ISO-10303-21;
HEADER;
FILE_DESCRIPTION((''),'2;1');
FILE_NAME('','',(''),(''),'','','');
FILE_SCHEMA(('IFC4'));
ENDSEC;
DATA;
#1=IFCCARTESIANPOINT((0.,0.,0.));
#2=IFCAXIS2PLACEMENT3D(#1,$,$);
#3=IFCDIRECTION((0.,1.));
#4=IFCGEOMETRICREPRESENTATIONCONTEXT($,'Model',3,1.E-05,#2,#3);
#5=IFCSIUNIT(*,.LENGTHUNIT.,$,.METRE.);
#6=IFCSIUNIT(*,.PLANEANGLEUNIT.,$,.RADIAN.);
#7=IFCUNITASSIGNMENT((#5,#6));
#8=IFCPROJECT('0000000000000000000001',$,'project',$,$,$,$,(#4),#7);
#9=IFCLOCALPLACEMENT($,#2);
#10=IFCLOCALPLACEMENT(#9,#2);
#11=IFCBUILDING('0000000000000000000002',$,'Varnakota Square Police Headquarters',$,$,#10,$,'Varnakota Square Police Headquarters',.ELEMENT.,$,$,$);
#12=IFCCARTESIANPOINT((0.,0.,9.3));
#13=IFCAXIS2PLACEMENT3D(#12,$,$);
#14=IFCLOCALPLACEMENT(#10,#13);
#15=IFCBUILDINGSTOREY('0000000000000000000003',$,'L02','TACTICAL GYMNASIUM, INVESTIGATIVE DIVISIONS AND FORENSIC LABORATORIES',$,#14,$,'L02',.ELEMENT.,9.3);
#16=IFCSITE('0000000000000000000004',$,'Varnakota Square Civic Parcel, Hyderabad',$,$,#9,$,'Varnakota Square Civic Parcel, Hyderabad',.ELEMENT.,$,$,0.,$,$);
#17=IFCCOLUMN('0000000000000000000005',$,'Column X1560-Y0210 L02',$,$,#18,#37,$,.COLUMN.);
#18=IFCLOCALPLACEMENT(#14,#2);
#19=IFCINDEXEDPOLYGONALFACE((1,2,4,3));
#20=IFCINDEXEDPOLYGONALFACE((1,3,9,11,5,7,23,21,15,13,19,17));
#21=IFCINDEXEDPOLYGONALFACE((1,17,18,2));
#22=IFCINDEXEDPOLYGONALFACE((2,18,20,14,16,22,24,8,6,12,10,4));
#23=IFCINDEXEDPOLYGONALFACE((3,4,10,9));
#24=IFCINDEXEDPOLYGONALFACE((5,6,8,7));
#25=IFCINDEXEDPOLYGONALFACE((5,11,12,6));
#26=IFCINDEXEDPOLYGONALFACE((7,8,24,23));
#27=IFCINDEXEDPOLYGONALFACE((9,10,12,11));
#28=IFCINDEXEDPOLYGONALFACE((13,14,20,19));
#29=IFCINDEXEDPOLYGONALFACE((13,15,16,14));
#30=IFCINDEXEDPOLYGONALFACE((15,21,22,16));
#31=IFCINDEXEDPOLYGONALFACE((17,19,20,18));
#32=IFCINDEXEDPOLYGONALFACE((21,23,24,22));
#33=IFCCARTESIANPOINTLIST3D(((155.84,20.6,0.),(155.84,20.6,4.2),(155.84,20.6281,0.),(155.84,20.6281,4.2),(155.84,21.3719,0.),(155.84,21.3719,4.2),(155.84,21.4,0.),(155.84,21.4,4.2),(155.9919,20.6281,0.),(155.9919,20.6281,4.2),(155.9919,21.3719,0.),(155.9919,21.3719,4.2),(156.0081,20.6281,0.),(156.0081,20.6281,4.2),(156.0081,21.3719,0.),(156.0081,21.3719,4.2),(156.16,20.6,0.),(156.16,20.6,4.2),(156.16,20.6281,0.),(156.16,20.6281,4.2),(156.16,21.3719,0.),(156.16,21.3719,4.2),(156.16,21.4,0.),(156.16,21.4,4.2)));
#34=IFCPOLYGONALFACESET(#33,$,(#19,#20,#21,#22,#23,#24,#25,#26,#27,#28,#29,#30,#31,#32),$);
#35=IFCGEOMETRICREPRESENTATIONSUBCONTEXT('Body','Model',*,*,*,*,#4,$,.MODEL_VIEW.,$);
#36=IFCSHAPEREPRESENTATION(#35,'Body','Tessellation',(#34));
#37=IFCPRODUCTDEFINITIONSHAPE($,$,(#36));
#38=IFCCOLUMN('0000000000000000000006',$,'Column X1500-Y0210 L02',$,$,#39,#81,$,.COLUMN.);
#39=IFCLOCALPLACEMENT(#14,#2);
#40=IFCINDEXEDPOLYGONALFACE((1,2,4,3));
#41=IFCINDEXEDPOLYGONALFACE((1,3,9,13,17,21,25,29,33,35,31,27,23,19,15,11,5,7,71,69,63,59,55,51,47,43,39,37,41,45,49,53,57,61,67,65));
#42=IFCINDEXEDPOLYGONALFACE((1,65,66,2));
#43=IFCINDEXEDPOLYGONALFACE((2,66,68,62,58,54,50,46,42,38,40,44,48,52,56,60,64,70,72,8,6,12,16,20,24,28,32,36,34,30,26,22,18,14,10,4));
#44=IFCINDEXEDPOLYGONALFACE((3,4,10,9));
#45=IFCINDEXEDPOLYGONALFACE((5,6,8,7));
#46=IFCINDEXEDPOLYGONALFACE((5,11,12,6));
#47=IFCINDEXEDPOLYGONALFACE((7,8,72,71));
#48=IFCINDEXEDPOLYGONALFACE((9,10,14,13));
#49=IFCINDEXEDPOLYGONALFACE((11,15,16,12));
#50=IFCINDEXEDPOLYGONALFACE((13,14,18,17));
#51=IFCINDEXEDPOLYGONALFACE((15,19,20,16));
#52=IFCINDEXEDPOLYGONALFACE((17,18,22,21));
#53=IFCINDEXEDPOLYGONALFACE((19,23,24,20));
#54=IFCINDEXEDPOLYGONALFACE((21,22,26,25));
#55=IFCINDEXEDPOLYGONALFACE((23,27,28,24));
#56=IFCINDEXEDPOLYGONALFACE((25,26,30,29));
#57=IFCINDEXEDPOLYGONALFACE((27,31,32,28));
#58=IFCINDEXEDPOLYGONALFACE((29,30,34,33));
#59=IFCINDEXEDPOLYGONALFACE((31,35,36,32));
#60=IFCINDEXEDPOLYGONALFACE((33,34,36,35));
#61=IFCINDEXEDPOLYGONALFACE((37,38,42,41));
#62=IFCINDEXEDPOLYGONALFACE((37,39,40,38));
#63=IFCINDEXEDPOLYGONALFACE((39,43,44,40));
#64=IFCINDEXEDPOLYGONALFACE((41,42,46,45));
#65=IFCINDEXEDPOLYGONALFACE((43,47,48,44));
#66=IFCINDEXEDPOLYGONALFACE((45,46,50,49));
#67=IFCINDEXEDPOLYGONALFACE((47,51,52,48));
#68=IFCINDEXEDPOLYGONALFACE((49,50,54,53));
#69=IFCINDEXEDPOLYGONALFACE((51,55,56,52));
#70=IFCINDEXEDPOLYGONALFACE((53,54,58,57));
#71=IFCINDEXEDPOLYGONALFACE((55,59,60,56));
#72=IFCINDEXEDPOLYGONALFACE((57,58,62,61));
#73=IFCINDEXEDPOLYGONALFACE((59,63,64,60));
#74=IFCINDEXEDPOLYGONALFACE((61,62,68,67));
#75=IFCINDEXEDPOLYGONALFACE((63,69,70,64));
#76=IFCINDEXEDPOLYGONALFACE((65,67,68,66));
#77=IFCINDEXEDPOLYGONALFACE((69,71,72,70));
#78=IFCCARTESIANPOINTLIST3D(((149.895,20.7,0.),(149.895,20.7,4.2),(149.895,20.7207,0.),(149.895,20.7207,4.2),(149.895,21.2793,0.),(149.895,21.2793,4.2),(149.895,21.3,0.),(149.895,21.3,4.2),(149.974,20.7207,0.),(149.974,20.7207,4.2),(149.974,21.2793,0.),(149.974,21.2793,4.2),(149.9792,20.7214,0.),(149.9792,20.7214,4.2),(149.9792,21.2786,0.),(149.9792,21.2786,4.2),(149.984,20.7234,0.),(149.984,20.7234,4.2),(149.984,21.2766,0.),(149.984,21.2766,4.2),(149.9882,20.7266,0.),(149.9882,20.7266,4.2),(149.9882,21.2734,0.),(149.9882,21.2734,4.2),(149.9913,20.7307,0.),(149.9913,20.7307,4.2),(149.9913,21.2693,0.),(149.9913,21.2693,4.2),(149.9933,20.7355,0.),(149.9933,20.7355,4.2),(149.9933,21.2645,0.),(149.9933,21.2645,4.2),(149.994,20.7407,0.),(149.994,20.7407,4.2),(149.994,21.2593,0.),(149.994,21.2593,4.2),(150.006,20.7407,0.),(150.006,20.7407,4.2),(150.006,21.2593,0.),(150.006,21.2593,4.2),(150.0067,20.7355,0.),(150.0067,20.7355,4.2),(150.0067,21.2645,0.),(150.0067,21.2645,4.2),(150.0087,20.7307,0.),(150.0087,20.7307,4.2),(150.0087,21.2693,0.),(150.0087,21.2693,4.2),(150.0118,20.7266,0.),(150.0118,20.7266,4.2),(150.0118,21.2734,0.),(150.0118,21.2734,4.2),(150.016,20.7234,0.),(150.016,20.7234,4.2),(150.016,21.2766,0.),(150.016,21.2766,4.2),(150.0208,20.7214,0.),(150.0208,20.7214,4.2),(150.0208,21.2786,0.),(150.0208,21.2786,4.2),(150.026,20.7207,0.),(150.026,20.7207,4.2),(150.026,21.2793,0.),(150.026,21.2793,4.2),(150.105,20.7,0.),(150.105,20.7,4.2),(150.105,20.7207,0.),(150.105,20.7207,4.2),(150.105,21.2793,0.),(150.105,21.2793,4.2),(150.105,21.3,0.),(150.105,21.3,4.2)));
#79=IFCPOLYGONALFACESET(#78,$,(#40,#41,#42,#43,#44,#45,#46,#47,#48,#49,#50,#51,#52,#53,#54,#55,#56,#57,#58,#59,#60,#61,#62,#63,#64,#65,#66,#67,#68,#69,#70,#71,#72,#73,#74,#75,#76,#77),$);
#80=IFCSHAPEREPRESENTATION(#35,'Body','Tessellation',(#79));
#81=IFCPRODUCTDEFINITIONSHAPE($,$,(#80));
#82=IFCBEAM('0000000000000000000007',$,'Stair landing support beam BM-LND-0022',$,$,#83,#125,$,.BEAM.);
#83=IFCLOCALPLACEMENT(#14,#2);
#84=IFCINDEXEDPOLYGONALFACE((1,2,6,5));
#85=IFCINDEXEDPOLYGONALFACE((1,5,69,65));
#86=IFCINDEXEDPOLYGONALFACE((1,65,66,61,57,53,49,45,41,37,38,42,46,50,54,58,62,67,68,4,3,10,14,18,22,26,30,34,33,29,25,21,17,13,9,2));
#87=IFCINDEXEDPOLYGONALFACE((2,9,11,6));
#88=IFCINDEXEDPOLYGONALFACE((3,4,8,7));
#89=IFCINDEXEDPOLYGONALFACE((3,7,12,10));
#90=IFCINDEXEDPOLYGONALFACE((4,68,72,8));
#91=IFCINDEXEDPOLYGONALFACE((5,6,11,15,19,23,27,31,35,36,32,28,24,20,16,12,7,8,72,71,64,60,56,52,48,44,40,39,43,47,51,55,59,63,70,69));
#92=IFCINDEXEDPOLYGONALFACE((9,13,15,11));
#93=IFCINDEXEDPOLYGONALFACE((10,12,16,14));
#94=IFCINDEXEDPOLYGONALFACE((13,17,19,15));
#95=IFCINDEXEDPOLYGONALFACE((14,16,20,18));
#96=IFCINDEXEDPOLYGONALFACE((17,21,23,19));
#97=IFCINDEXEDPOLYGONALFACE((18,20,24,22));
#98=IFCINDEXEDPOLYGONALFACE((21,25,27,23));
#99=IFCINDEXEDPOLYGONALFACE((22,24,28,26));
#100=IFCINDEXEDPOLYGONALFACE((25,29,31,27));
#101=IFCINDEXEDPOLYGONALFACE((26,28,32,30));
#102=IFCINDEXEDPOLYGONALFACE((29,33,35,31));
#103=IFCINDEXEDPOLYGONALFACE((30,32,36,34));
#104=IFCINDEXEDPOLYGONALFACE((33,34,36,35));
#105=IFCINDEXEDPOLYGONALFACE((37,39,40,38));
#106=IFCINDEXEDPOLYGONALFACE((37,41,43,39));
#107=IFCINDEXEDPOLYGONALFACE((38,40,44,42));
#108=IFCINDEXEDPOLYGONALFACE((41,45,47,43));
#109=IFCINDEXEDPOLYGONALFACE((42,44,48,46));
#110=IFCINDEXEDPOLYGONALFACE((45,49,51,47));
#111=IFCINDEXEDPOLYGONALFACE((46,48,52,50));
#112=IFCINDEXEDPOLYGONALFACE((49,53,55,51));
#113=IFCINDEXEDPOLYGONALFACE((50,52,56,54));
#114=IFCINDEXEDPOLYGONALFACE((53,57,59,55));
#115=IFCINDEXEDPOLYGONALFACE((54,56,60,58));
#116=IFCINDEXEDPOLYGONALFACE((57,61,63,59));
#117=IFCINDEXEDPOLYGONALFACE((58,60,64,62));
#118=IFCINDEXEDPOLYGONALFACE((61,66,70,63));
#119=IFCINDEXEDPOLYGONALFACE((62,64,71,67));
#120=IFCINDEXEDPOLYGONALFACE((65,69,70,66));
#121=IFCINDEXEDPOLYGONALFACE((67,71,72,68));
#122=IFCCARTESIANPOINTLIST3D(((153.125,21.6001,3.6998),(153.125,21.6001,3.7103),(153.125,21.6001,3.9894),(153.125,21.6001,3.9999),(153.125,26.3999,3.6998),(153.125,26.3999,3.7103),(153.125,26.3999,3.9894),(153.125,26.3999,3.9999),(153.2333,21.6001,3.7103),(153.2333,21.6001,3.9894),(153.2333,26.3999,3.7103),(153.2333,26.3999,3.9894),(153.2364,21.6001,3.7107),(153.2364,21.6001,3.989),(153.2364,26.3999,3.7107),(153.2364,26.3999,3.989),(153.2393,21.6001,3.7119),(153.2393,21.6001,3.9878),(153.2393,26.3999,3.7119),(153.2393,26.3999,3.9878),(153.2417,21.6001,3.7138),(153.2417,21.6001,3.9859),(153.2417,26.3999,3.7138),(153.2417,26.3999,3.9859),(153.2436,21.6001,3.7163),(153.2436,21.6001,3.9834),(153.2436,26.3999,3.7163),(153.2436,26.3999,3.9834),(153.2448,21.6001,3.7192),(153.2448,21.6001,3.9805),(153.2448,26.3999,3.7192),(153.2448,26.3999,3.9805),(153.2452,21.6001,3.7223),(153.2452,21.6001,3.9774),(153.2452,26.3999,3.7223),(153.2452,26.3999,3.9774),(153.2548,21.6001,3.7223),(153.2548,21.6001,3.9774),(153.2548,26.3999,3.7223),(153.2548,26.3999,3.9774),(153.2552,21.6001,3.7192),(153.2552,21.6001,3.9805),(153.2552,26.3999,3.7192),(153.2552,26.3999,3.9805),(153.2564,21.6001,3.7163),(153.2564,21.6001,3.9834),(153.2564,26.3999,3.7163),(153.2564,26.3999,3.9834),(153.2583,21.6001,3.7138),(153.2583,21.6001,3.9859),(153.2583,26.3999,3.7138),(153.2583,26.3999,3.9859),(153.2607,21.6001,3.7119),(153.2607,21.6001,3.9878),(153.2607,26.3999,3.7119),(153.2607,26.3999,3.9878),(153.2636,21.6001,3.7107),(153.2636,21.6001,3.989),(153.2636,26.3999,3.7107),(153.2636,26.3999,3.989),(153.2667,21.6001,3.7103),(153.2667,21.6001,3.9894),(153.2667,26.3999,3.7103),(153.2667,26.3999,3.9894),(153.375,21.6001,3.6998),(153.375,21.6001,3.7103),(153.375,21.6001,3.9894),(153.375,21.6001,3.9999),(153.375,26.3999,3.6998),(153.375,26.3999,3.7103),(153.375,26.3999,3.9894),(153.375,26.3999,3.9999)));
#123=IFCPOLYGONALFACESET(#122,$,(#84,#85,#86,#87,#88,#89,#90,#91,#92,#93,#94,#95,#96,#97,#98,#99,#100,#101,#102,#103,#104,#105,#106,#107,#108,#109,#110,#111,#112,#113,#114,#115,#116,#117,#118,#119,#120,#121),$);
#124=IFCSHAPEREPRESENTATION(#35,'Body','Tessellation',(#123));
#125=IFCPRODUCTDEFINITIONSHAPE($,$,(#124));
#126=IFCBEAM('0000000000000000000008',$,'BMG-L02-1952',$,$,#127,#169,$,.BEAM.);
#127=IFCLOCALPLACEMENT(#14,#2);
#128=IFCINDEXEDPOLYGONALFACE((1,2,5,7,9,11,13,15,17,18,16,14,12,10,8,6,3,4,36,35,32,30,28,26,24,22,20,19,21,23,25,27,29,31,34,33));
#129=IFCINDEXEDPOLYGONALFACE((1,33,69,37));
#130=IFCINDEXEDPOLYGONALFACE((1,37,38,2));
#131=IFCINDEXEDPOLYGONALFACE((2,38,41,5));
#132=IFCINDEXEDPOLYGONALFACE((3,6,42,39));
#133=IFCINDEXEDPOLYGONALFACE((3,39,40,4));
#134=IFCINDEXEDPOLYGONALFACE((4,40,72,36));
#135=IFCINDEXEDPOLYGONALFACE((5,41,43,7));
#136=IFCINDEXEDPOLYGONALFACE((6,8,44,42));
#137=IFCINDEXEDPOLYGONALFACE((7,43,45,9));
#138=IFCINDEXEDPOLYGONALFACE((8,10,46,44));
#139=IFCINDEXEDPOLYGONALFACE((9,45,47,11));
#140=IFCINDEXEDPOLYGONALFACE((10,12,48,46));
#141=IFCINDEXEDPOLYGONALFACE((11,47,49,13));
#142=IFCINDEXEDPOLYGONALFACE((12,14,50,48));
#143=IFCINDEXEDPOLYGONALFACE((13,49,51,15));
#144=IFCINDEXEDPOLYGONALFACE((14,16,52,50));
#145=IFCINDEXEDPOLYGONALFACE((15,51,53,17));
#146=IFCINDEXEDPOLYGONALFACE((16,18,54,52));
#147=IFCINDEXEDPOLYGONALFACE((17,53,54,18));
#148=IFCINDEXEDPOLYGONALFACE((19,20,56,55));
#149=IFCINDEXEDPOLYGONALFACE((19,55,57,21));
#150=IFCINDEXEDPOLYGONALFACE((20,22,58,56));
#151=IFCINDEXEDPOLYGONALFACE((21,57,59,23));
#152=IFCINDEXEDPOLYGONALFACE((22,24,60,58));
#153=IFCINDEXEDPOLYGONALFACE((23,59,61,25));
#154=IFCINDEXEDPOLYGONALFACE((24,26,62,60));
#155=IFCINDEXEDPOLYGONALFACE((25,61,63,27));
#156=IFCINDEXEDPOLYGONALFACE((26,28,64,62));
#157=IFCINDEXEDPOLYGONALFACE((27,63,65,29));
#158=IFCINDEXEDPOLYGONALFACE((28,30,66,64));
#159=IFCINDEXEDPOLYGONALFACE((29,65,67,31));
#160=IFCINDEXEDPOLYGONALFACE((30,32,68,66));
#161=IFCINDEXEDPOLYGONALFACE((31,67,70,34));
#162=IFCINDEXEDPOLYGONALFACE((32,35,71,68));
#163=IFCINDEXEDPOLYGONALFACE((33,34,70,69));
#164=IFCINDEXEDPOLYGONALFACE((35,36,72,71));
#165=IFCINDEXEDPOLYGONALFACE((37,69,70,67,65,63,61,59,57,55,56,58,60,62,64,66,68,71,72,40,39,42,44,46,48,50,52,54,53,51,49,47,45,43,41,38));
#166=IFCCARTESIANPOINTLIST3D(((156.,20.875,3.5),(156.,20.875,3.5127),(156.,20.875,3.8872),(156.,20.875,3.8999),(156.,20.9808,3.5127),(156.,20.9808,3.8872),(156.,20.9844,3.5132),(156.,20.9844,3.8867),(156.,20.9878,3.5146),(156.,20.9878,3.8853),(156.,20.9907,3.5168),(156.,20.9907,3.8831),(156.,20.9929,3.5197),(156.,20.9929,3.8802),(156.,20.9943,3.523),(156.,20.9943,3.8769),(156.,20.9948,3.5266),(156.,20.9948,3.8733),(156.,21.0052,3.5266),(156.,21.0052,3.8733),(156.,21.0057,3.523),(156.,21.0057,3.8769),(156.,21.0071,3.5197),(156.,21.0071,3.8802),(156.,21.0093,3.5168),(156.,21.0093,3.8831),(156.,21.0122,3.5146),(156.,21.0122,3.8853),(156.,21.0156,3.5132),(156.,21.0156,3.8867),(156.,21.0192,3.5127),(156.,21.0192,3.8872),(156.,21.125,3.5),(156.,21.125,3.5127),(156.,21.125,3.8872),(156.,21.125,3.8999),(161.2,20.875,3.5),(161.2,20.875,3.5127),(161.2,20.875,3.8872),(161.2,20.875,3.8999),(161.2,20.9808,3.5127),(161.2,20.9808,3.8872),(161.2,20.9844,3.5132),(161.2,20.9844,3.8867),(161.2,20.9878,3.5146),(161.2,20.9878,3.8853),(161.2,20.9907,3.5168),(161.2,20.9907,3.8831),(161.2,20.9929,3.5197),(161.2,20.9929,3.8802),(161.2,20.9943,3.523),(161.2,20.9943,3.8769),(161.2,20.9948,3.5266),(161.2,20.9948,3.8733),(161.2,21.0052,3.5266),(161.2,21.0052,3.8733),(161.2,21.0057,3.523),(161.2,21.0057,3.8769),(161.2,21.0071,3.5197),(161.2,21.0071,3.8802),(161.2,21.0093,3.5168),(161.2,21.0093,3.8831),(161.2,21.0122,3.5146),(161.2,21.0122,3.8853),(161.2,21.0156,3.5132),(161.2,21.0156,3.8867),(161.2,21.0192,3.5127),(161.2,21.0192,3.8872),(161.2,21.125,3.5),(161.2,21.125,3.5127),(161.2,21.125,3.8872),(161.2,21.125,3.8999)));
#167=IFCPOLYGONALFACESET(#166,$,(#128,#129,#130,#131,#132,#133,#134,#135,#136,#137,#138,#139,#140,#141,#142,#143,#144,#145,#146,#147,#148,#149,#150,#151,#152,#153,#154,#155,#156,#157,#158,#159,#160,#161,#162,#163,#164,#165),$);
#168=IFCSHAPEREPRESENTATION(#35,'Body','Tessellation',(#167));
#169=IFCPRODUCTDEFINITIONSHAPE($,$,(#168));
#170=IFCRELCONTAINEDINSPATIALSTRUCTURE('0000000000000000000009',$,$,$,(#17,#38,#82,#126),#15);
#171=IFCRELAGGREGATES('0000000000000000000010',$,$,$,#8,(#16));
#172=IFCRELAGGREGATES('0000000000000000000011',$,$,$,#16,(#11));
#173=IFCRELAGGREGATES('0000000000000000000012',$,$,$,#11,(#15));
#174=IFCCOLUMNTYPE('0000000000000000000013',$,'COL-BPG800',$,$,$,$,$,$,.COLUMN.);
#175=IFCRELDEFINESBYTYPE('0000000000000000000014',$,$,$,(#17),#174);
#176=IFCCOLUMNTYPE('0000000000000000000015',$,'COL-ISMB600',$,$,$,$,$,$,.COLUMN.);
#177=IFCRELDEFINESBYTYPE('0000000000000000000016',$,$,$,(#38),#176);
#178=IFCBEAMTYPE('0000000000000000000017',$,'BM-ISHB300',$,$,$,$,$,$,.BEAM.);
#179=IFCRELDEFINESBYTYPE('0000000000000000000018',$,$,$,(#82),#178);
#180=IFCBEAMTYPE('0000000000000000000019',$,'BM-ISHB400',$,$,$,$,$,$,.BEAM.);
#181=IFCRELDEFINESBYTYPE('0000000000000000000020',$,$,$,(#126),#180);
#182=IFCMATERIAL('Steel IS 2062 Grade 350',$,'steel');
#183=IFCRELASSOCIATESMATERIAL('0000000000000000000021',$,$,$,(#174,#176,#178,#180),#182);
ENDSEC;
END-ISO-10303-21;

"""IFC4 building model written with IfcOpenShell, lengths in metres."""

from ifc_helpers import new_model, si_unit, direction, frame, origin, origin_2d, place, context, subcontext, project, spatial, i_section, extrude, material, material_profile, profile_set, type_object, element, save


model = new_model("IFC4")

# Units and contexts
model_context = context("Model", 3, precision=1e-05, world=origin(), true_north=direction((0.0, 1.0)))
body_context = subcontext(model_context, "Body", "Model", "MODEL_VIEW")
ifc_project = project(units=[si_unit("LENGTHUNIT", "METRE"), si_unit("PLANEANGLEUNIT", "RADIAN")], contexts=[model_context])

# Site, building, storey
site_placement = place(None, origin())
site = spatial("IfcSite", under=ifc_project, at=site_placement, Name="Varnakota Square Civic Parcel, Hyderabad", LongName="Varnakota Square Civic Parcel, Hyderabad", CompositionType="ELEMENT", RefElevation=0.0)
building_placement = place(site_placement, origin())
building = spatial("IfcBuilding", under=site, at=building_placement, Name="Varnakota Square Police Headquarters", LongName="Varnakota Square Police Headquarters", CompositionType="ELEMENT")
storey_placement = place(building_placement, frame((0.0, 0.0, 9.3)))
storey = spatial("IfcBuildingStorey", under=building, at=storey_placement, Name="L02", Description="TACTICAL GYMNASIUM, INVESTIGATIVE DIVISIONS AND FORENSIC LABORATORIES", LongName="L02", CompositionType="ELEMENT", Elevation=9.3)

# Columns
ifc_material_1 = material(Name="Steel IS 2062 Grade 350", Category="steel")
ifc_material_profile_1 = material_profile(ifc_material_1, i_section(OverallWidth=0.3201, OverallDepth=0.8, WebThickness=0.0161, FlangeThickness=0.0281, at=origin_2d()), Name="BPG 800x320")
ifc_profile_set_1 = profile_set([ifc_material_profile_1], Name="Steel IS 2062 Grade 350")
column_type_1 = type_object("IfcColumnType", Name="COL-BPG800", PredefinedType="COLUMN", material=ifc_profile_set_1)
column_1_placement = place(storey_placement, frame((156.0, 21.0, 0.0), z_axis=(0.0, 0.0, 1.0), x_axis=(1.0, 0.0, 0.0)))
element("IfcColumn", 1, at=column_1_placement, inside=storey, type_object=column_type_1, Name="Column X1560-Y0210 L02", PredefinedType="COLUMN", context=body_context, shape_type="SweptSolid", body=[
    extrude(i_section(OverallWidth=0.3201, OverallDepth=0.8, WebThickness=0.0161, FlangeThickness=0.0281, at=origin_2d()), origin(), (0.0, 0.0, 1.0), 4.2),
])
ifc_material_profile_2 = material_profile(ifc_material_1, i_section(OverallWidth=0.21, OverallDepth=0.6001, WebThickness=0.012, FlangeThickness=0.0208, FilletRadius=0.02, at=origin_2d()), Name="ISMB 600")
ifc_profile_set_2 = profile_set([ifc_material_profile_2], Name="Steel IS 2062 Grade 350")
column_type_2 = type_object("IfcColumnType", Name="COL-ISMB600", PredefinedType="COLUMN", material=ifc_profile_set_2)
column_2_placement = place(storey_placement, frame((150.0, 21.0, 0.0), z_axis=(0.0, 0.0, 1.0), x_axis=(1.0, 0.0, 0.0)))
element("IfcColumn", 2, at=column_2_placement, inside=storey, type_object=column_type_2, Name="Column X1500-Y0210 L02", PredefinedType="COLUMN", context=body_context, shape_type="SweptSolid", body=[
    extrude(i_section(OverallWidth=0.21, OverallDepth=0.6001, WebThickness=0.012, FlangeThickness=0.0208, FilletRadius=0.02, at=origin_2d()), origin(), (0.0, 0.0, 1.0), 4.2),
])

# Beams
ifc_material_profile_3 = material_profile(ifc_material_1, i_section(OverallWidth=0.25, OverallDepth=0.3, WebThickness=0.0095, FlangeThickness=0.0105, FilletRadius=0.012, at=origin_2d()), Name="ISHB 300")
ifc_profile_set_3 = profile_set([ifc_material_profile_3], Name="Steel IS 2062 Grade 350")
beam_type_1 = type_object("IfcBeamType", Name="BM-ISHB300", PredefinedType="BEAM", material=ifc_profile_set_3)
beam_1_placement = place(storey_placement, frame((153.25, 21.6001, 3.8499), z_axis=(0.0, 1.0, 0.0), x_axis=(-1.0, 0.0, 0.0)))
element("IfcBeam", 3, at=beam_1_placement, inside=storey, type_object=beam_type_1, Name="Stair landing support beam BM-LND-0022", PredefinedType="BEAM", context=body_context, shape_type="SweptSolid", body=[
    extrude(i_section(OverallWidth=0.25, OverallDepth=0.3, WebThickness=0.0095, FlangeThickness=0.0105, FilletRadius=0.012, at=origin_2d()), origin(), (0.0, 0.0, 1.0), 4.7998),
])
ifc_material_profile_4 = material_profile(ifc_material_1, i_section(OverallWidth=0.25, OverallDepth=0.3999, WebThickness=0.0105, FlangeThickness=0.0127, FilletRadius=0.0139, at=origin_2d()), Name="ISHB 400")
ifc_profile_set_4 = profile_set([ifc_material_profile_4], Name="Steel IS 2062 Grade 350")
beam_type_2 = type_object("IfcBeamType", Name="BM-ISHB400", PredefinedType="BEAM", material=ifc_profile_set_4)
beam_2_placement = place(storey_placement, frame((156.0, 21.0, 3.7), z_axis=(1.0, 0.0, 0.0), x_axis=(0.0, 1.0, 0.0)))
element("IfcBeam", 4, at=beam_2_placement, inside=storey, type_object=beam_type_2, Name="BMG-L02-1952", PredefinedType="BEAM", context=body_context, shape_type="SweptSolid", body=[
    extrude(i_section(OverallWidth=0.25, OverallDepth=0.3999, WebThickness=0.0105, FlangeThickness=0.0127, FilletRadius=0.0139, at=origin_2d()), origin(), (0.0, 0.0, 1.0), 5.2),
])

save(model, "model.ifc")
